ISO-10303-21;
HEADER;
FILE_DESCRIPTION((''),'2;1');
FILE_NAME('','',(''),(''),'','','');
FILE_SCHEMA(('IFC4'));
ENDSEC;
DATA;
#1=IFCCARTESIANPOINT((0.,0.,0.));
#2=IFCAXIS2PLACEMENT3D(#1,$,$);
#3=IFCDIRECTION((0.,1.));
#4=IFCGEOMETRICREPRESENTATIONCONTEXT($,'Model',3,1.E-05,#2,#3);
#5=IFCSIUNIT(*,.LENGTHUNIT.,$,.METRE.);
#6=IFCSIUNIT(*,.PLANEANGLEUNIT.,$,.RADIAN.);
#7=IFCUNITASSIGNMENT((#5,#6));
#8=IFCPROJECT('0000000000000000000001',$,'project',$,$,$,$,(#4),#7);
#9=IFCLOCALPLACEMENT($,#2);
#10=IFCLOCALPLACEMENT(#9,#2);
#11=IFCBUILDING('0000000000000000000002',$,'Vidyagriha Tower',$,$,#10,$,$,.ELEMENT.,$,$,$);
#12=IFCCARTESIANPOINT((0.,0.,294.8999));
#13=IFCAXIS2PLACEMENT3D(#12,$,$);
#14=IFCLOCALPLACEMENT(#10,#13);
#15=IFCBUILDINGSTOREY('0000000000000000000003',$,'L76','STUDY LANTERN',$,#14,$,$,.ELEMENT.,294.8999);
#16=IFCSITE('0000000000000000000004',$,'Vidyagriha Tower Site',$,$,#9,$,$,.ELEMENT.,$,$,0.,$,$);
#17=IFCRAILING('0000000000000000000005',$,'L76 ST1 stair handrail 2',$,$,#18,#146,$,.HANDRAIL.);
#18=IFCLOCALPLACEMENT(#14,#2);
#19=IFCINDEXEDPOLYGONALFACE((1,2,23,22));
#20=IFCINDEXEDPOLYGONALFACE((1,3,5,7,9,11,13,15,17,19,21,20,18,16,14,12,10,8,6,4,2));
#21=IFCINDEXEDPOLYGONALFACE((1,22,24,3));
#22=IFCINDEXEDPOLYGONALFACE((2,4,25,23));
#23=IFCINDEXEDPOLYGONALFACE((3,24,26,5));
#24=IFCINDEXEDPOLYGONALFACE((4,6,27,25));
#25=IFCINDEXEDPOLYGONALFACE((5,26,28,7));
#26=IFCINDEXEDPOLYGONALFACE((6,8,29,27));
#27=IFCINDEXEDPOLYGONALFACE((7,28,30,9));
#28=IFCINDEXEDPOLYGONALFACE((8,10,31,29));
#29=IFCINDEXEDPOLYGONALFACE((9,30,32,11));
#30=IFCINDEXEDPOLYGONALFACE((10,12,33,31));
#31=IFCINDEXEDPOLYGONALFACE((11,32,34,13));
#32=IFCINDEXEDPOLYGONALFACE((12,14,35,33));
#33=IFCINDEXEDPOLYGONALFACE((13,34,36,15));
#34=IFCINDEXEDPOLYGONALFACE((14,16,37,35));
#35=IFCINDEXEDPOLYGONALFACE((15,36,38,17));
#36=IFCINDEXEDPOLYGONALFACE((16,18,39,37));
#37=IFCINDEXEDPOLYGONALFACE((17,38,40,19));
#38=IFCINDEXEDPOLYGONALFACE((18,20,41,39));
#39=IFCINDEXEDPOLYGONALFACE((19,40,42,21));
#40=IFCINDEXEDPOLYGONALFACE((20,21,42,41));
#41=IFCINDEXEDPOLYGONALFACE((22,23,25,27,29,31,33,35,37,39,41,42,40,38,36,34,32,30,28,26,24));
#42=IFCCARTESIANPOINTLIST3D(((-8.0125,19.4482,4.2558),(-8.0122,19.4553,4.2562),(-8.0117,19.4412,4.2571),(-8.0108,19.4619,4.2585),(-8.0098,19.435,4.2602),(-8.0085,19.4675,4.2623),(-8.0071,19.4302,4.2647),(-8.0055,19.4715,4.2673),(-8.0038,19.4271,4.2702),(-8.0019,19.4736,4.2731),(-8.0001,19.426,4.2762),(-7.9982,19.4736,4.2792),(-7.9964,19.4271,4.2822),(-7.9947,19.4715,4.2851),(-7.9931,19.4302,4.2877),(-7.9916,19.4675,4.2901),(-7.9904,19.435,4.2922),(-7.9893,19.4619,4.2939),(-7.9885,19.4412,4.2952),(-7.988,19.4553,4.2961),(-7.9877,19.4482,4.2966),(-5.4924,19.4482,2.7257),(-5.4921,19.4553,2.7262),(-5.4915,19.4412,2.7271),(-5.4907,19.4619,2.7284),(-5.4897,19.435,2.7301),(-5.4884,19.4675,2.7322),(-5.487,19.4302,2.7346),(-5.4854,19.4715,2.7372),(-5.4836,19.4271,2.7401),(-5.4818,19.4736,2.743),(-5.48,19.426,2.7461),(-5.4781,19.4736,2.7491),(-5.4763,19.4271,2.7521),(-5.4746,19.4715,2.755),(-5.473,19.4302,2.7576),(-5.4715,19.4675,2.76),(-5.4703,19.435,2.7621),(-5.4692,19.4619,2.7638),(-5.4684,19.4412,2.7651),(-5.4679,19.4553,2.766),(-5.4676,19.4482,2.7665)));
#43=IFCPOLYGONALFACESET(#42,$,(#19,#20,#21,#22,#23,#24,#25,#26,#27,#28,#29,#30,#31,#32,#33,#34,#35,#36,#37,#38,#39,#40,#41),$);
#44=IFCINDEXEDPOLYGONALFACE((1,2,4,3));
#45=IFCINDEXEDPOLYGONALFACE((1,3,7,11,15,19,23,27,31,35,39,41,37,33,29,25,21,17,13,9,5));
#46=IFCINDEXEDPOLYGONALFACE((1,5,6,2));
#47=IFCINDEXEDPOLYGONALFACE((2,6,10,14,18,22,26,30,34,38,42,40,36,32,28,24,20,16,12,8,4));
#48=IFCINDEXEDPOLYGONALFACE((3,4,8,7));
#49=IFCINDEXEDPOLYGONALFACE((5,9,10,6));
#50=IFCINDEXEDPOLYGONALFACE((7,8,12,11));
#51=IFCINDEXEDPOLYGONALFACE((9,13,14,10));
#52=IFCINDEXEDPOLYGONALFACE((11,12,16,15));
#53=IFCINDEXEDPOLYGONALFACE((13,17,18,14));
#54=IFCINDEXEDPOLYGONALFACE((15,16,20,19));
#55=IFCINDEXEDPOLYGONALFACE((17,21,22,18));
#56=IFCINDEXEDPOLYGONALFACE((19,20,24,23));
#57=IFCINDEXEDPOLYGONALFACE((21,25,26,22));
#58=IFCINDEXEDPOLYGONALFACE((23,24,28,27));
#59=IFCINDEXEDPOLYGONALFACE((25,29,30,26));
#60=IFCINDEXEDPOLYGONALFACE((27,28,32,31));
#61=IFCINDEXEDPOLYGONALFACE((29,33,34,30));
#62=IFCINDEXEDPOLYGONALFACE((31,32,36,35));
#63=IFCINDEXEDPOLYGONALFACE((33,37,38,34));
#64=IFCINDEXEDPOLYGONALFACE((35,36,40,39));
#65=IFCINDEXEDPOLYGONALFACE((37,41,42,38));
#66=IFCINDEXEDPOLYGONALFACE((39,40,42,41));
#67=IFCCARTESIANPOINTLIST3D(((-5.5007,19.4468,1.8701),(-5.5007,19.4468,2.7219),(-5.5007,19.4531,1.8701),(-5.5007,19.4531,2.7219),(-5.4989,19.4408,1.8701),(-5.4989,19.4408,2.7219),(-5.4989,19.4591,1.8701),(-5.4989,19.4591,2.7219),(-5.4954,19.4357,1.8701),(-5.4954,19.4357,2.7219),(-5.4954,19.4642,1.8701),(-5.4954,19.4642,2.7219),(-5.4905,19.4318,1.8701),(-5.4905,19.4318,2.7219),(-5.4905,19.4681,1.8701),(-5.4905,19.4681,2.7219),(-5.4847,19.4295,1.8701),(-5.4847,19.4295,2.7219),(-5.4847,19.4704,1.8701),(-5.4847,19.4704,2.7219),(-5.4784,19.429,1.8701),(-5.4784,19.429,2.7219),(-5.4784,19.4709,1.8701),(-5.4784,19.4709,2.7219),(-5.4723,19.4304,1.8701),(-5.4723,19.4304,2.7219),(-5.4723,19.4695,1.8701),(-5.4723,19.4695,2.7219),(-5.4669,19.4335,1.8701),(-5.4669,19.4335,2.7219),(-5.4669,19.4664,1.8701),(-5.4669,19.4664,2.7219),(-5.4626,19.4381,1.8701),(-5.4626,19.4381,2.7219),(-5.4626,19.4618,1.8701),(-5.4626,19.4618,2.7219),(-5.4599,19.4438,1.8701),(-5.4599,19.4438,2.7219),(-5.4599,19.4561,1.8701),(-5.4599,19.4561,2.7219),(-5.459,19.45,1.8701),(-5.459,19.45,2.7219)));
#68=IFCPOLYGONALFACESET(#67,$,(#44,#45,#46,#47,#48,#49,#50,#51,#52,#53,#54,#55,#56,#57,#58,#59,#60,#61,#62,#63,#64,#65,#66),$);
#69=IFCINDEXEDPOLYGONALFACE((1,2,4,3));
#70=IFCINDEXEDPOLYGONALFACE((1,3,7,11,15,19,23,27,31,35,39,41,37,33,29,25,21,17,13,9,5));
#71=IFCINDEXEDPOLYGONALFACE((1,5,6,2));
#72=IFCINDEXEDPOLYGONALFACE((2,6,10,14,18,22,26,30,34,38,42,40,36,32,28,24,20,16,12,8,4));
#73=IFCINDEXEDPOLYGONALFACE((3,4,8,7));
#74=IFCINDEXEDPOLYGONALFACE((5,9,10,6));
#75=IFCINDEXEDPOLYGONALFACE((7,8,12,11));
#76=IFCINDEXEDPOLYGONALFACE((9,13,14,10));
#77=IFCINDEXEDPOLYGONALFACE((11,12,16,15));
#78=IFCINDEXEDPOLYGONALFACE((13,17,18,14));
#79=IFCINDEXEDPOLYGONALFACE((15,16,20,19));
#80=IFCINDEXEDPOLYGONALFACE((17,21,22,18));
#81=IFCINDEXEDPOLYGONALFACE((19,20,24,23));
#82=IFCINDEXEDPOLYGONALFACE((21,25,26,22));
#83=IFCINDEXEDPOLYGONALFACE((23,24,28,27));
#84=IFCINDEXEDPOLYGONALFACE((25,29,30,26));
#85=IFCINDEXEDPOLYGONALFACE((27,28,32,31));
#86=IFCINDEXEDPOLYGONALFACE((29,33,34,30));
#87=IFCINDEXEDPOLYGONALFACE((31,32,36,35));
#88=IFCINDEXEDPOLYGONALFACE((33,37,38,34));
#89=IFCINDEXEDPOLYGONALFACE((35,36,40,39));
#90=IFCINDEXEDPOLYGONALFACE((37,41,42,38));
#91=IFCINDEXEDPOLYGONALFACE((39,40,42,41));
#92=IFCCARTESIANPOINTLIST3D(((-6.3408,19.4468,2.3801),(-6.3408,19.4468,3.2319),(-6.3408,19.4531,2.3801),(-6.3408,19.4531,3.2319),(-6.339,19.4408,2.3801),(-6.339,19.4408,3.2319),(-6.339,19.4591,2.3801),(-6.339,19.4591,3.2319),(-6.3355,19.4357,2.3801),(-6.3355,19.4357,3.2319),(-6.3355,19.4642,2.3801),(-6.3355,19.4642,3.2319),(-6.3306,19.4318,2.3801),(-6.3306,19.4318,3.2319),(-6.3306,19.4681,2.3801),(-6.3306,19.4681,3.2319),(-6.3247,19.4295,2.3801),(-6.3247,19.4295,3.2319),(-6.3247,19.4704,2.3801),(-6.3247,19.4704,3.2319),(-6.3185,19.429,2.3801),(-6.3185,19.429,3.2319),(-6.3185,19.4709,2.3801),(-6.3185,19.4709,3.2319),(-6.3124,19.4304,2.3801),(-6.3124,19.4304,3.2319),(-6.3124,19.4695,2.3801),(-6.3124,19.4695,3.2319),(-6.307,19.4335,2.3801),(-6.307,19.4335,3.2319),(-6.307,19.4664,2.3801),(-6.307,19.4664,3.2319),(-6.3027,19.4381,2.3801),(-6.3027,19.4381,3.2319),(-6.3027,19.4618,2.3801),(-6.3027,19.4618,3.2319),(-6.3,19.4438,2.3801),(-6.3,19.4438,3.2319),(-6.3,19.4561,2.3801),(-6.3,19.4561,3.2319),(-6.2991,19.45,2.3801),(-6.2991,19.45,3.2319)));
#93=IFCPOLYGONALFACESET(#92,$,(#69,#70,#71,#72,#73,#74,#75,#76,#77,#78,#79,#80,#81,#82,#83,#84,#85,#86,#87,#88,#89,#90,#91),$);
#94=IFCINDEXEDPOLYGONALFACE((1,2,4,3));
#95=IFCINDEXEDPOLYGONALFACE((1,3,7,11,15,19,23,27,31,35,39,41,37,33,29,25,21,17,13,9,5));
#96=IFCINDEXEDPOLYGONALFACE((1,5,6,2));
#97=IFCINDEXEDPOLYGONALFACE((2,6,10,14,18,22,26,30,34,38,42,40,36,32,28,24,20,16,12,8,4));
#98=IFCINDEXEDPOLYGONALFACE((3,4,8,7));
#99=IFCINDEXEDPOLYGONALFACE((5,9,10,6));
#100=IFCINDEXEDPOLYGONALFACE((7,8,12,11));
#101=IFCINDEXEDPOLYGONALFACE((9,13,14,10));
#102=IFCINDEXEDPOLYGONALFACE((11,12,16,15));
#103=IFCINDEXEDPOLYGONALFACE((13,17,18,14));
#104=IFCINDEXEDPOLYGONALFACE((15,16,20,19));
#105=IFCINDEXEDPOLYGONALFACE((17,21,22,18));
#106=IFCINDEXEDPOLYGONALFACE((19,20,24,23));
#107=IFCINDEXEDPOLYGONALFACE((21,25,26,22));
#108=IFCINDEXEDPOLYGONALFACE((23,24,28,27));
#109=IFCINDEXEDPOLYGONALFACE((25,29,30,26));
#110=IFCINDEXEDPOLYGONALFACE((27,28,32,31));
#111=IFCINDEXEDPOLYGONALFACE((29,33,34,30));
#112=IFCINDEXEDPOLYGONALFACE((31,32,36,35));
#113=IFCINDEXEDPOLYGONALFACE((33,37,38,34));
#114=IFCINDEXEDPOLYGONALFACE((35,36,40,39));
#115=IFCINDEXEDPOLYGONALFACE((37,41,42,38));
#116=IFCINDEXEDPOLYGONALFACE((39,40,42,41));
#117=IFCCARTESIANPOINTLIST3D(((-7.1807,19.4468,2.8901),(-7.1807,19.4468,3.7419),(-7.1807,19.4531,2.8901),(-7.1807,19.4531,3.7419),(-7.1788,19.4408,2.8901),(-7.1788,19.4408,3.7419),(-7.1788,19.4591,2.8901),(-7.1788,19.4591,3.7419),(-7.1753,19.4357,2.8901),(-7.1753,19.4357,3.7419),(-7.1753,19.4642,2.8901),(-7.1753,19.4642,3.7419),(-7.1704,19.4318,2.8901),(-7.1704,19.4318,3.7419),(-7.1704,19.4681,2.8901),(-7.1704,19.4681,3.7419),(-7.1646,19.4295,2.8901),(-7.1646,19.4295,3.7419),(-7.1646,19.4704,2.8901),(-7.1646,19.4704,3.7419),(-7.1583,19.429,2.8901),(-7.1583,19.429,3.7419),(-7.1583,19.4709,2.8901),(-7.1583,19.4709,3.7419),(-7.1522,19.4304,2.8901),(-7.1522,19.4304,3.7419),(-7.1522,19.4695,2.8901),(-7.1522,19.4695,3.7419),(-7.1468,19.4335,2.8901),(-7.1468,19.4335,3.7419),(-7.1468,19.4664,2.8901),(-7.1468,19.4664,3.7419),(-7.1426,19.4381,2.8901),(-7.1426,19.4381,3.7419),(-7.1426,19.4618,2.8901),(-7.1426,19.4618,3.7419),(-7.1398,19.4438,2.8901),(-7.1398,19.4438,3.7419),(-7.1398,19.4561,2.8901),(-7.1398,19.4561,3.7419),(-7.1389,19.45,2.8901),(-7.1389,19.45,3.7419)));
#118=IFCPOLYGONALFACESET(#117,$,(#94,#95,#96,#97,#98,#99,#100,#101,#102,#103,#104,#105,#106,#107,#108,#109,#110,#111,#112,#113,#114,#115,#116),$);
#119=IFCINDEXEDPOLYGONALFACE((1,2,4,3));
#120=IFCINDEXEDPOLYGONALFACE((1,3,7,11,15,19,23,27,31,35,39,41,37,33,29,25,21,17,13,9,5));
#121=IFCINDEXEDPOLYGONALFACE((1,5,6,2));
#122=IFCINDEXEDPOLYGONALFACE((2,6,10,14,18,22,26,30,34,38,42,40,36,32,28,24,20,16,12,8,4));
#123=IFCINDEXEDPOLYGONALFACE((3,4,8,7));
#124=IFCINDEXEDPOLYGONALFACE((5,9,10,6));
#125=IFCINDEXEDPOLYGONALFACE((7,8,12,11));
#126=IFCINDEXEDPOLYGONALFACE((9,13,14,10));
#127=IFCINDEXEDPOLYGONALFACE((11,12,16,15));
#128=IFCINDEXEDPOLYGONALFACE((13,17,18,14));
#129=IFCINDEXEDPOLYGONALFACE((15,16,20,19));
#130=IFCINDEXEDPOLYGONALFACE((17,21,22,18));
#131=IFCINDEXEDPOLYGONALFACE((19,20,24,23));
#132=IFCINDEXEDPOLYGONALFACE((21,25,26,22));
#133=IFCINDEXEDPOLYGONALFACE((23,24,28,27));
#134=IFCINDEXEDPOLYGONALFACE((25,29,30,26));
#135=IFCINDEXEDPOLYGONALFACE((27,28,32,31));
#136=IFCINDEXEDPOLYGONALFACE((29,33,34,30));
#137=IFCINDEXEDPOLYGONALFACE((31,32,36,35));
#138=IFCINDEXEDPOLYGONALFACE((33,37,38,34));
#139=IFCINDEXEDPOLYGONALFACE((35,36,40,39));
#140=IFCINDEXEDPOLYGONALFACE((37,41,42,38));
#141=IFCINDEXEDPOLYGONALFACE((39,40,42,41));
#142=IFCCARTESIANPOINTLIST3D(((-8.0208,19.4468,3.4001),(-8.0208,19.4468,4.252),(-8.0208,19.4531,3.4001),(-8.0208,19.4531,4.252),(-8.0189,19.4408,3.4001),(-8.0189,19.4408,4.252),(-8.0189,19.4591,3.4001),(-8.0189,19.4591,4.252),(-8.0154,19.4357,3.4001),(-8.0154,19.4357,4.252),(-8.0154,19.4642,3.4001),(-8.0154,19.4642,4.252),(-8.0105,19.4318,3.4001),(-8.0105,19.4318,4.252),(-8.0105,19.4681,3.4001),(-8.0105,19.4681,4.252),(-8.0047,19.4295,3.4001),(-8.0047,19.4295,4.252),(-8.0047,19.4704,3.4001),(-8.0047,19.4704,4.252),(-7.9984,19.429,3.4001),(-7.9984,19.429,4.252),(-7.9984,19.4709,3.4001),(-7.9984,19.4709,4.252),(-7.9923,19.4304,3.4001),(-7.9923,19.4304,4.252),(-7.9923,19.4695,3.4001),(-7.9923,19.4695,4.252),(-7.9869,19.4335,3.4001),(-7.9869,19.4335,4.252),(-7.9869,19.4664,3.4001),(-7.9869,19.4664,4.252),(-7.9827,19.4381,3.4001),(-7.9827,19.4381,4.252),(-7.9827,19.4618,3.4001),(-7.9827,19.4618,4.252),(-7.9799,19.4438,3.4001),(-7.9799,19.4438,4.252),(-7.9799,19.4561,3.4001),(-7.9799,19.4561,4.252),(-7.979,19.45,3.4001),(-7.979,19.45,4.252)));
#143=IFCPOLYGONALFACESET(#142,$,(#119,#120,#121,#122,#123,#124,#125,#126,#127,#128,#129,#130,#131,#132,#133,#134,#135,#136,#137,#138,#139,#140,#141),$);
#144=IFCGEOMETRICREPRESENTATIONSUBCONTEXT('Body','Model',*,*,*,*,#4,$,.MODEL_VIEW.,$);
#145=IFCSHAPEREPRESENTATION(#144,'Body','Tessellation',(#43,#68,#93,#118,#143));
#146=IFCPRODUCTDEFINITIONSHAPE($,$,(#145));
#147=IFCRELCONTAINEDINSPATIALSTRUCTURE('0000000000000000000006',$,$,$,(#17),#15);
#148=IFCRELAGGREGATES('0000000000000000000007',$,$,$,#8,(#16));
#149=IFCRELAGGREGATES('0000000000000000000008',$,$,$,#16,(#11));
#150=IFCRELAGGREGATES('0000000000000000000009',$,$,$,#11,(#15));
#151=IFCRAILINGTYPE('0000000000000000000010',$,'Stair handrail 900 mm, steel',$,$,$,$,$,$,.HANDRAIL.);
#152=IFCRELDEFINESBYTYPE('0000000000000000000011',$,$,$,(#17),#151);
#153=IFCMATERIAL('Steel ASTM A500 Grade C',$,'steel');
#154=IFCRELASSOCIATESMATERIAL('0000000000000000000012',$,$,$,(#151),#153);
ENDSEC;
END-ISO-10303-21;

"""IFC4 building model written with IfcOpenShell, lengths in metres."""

from ifc_helpers import new_model, si_unit, direction, frame, origin, origin_2d, place, context, subcontext, project, spatial, circle, extrude, material, type_object, element, save


model = new_model("IFC4")

# Units and contexts
model_context = context("Model", 3, precision=1e-05, world=origin(), true_north=direction((0.0, 1.0)))
body_context = subcontext(model_context, "Body", "Model", "MODEL_VIEW")
ifc_project = project(units=[si_unit("LENGTHUNIT", "METRE"), si_unit("PLANEANGLEUNIT", "RADIAN")], contexts=[model_context])

# Site, building, storey
site_placement = place(None, origin())
site = spatial("IfcSite", under=ifc_project, at=site_placement, Name="Vidyagriha Tower Site", CompositionType="ELEMENT", RefElevation=0.0)
building_placement = place(site_placement, origin())
building = spatial("IfcBuilding", under=site, at=building_placement, Name="Vidyagriha Tower", CompositionType="ELEMENT")
storey_placement = place(building_placement, frame((0.0, 0.0, 294.8999)))
storey = spatial("IfcBuildingStorey", under=building, at=storey_placement, Name="L76", Description="STUDY LANTERN", CompositionType="ELEMENT", Elevation=294.8999)

# Railing
ifc_material_1 = material(Name="Steel ASTM A500 Grade C", Category="steel")
railing_type_1 = type_object("IfcRailingType", Name="Stair handrail 900 mm, steel", PredefinedType="HANDRAIL", material=ifc_material_1)
railing_1_placement = place(storey_placement, frame((-5.48, 19.45, 1.8701)))
element("IfcRailing", 1, at=railing_1_placement, inside=storey, type_object=railing_type_1, Name="L76 ST1 stair handrail 2", PredefinedType="HANDRAIL", context=body_context, shape_type="SweptSolid", body=[
    extrude(circle(Radius=0.0239, at=origin_2d()), frame((0.0, 0.0, 0.876), z_axis=(-0.854785, 0.0, 0.518982), x_axis=(0.0, -1.0, 0.0)), (0.0, 0.0, 1.0), 2.9482),
    extrude(circle(Radius=0.021, at=origin_2d()), origin(), (0.0, 0.0, 1.0), 0.8518),
    extrude(circle(Radius=0.021, at=origin_2d()), frame((-0.8401, 0.0, 0.51)), (0.0, 0.0, 1.0), 0.8518),
    extrude(circle(Radius=0.021, at=origin_2d()), frame((-1.6799, 0.0, 1.02)), (0.0, 0.0, 1.0), 0.8518),
    extrude(circle(Radius=0.021, at=origin_2d()), frame((-2.52, 0.0, 1.53)), (0.0, 0.0, 1.0), 0.8518),
])

save(model, "model.ifc")
